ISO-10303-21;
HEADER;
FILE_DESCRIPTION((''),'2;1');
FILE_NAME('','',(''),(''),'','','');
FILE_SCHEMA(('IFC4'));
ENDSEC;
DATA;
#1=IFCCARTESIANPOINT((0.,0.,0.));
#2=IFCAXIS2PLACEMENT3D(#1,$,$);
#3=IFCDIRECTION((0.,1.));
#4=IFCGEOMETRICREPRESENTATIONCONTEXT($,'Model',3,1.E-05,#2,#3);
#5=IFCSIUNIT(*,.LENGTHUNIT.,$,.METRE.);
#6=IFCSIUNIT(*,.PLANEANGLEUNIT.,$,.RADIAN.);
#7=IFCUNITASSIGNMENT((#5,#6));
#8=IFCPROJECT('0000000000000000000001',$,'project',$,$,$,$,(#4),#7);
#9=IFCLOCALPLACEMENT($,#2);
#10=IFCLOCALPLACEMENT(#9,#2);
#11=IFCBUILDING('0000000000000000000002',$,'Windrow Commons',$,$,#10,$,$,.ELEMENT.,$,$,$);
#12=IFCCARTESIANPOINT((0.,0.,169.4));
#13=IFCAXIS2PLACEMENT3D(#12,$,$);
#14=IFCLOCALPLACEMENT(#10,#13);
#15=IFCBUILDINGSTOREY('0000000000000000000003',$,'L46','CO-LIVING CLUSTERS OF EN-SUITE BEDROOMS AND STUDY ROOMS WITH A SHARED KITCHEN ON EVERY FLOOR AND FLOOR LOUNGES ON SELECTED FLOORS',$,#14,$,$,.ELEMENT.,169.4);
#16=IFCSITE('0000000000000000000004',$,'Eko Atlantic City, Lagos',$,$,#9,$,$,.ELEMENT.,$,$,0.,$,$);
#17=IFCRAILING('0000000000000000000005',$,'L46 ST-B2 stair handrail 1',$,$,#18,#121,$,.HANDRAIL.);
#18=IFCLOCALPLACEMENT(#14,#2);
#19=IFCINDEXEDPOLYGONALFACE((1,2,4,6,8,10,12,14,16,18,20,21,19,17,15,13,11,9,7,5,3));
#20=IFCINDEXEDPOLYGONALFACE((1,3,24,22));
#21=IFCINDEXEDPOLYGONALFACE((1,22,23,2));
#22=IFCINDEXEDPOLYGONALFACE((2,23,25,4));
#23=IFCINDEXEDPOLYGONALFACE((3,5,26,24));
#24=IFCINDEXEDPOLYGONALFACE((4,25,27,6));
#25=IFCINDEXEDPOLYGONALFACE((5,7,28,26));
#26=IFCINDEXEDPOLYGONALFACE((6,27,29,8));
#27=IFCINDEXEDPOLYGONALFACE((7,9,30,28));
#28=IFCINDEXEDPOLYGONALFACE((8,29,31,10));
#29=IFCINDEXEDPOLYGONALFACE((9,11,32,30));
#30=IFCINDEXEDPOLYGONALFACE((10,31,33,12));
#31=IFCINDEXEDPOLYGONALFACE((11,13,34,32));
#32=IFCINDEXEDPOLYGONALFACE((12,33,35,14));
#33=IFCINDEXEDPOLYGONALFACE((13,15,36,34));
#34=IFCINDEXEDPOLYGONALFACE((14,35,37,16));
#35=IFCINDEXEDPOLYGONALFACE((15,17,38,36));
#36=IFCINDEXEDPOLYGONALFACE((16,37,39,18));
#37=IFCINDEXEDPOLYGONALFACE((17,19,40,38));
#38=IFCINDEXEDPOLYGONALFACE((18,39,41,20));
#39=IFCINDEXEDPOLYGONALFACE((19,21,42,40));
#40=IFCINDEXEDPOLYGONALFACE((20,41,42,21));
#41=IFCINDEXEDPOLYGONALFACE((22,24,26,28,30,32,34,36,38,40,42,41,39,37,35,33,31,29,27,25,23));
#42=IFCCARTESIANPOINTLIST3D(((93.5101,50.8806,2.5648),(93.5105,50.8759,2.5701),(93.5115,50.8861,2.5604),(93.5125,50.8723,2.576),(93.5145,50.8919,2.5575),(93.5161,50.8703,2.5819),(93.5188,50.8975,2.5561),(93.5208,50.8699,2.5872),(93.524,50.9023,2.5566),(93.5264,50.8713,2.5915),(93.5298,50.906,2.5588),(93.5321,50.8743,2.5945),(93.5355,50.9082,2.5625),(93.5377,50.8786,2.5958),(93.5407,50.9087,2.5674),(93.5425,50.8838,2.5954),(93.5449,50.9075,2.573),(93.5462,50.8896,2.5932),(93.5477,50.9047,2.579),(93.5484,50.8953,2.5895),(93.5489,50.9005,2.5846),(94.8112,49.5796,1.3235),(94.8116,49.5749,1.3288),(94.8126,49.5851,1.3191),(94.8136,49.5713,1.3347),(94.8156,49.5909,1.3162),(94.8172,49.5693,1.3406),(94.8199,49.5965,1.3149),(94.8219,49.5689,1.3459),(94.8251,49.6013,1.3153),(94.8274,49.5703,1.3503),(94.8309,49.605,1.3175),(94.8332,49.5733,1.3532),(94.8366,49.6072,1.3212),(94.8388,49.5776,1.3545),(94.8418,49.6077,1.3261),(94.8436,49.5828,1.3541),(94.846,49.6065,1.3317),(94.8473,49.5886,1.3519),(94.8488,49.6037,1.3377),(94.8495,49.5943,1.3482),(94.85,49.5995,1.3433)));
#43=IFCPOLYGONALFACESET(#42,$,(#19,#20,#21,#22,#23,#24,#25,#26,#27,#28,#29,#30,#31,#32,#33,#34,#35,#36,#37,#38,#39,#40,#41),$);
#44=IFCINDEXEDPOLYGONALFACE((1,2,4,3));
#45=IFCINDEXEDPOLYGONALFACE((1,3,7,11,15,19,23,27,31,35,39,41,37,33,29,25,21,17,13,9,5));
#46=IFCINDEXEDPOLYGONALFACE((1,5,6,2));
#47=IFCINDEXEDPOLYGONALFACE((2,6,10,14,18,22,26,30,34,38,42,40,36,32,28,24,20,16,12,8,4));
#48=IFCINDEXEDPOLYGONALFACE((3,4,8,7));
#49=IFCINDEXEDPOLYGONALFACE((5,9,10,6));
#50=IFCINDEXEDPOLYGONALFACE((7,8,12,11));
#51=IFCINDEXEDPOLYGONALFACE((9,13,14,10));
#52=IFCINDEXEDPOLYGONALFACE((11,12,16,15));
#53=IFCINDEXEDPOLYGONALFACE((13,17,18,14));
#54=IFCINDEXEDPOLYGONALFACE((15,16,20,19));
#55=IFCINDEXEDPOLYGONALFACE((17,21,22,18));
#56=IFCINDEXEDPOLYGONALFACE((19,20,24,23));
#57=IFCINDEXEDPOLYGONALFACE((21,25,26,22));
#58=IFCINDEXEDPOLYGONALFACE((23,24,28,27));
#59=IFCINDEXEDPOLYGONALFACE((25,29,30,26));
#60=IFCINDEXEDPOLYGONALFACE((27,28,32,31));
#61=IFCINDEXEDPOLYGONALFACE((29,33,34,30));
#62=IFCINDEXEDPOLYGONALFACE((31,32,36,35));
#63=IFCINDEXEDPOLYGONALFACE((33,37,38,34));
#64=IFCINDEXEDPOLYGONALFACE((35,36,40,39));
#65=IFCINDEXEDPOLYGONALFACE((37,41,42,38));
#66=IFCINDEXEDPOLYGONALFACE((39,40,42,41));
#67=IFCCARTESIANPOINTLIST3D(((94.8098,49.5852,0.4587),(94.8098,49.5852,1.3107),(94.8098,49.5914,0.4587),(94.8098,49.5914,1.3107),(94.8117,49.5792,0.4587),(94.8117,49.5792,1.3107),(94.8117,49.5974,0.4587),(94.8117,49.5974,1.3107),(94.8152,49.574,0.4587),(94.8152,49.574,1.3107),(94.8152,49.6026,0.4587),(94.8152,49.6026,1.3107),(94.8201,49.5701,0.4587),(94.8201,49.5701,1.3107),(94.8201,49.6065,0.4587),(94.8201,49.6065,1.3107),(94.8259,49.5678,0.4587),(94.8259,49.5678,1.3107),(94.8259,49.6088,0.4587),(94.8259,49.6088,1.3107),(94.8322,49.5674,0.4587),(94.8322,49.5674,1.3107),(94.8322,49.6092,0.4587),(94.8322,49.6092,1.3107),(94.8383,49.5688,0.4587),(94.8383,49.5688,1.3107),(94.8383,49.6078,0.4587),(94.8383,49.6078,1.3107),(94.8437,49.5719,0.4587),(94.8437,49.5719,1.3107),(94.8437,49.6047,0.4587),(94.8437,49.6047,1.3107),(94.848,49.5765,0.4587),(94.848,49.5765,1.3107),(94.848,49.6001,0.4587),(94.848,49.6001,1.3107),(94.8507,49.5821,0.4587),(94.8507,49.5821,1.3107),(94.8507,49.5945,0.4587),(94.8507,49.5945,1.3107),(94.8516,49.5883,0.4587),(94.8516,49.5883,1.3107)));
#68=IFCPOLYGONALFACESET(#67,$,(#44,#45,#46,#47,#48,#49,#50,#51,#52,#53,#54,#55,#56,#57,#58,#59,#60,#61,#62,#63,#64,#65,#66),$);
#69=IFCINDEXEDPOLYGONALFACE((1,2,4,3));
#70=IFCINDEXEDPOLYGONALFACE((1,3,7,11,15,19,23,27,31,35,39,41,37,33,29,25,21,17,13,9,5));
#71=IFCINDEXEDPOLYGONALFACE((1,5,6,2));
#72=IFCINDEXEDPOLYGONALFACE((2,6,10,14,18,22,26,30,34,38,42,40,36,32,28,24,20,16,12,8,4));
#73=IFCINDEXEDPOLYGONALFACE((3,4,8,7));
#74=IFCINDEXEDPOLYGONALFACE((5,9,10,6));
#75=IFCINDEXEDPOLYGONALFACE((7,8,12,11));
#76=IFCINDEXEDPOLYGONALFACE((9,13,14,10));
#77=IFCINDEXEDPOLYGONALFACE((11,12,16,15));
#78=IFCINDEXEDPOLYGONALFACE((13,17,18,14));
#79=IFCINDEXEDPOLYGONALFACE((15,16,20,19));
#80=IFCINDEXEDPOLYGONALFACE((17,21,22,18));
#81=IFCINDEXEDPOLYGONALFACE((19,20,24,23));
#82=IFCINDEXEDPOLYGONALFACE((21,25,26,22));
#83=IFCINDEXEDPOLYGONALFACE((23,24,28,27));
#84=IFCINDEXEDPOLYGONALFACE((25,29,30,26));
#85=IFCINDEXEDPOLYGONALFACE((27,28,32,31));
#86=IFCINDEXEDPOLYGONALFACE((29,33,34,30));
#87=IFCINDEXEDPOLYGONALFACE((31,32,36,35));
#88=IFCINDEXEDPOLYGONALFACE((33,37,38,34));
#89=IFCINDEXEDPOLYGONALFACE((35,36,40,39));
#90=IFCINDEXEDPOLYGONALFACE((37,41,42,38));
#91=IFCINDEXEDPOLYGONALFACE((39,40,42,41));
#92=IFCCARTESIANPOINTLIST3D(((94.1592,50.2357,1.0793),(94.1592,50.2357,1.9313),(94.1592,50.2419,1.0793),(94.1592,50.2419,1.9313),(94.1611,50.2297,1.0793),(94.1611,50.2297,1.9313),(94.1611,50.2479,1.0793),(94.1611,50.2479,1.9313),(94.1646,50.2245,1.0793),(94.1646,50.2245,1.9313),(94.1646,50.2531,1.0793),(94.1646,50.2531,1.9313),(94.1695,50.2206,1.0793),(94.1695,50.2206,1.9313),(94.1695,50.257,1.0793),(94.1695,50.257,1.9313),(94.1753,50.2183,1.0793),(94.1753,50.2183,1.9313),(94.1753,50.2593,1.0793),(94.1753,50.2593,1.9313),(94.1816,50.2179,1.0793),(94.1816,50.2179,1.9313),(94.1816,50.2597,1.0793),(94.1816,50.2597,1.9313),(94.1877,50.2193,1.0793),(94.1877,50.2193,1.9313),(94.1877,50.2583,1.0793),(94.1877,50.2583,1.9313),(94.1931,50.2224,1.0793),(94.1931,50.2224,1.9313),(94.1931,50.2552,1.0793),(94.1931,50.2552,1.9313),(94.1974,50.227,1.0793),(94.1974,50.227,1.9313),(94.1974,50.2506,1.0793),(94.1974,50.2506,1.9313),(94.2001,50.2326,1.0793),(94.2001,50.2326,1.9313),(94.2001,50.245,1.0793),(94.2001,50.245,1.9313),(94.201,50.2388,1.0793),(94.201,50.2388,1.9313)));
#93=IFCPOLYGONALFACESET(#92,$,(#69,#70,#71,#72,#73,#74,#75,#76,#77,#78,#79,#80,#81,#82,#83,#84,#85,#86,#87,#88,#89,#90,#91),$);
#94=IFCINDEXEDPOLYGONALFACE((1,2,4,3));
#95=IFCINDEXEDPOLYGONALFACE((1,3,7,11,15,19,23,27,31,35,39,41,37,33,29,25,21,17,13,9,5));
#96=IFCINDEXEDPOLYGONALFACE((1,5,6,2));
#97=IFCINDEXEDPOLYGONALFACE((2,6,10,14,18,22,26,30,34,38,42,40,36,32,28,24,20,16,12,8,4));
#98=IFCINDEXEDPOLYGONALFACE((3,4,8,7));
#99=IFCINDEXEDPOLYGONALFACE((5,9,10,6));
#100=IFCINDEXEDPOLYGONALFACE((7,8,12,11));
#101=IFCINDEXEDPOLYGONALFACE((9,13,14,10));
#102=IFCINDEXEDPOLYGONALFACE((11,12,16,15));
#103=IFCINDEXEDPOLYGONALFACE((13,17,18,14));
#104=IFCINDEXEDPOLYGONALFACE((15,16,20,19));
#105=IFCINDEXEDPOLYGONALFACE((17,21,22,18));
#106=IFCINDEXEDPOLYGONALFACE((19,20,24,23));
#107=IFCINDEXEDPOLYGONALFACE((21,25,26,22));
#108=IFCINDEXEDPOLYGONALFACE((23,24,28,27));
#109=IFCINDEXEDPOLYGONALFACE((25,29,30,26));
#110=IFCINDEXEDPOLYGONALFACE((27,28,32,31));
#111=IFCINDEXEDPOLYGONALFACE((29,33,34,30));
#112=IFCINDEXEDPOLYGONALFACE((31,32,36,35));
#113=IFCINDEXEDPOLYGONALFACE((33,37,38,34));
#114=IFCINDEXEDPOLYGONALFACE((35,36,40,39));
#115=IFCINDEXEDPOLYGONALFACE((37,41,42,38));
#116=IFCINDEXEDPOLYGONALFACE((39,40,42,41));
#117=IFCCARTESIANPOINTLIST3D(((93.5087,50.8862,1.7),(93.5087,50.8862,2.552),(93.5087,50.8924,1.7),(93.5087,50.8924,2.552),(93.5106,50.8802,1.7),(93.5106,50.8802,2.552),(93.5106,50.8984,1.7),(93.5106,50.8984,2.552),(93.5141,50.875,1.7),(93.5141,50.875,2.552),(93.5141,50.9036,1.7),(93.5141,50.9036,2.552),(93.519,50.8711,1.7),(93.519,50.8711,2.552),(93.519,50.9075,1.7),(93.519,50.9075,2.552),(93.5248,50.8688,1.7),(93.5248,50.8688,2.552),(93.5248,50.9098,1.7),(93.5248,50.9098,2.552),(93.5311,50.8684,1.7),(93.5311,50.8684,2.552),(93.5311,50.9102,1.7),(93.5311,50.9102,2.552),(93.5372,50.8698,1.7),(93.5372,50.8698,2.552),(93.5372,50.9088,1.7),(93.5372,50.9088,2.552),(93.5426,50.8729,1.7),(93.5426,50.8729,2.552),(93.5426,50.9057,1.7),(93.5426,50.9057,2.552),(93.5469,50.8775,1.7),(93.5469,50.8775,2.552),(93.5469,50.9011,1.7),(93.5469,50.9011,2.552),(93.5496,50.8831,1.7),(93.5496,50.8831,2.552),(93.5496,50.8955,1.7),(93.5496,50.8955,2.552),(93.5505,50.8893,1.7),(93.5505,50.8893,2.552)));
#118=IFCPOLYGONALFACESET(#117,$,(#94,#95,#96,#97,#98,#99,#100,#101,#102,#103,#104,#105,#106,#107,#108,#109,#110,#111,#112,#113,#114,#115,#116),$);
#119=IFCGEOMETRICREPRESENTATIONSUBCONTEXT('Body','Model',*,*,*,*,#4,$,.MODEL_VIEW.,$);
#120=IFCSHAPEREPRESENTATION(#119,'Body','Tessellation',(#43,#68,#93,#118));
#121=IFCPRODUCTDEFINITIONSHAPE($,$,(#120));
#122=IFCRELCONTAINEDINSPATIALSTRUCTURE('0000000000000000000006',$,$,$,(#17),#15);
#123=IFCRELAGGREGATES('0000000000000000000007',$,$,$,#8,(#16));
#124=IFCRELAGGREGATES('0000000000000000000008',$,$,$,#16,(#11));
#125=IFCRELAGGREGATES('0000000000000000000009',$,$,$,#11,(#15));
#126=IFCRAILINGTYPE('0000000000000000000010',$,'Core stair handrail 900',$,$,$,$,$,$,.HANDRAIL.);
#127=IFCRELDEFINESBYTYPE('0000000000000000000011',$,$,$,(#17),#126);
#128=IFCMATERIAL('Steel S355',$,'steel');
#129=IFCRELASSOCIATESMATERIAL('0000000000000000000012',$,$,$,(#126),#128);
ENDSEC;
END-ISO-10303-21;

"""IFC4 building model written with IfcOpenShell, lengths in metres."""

from ifc_helpers import new_model, si_unit, direction, frame, origin, origin_2d, place, context, subcontext, project, spatial, circle, extrude, material, type_object, element, save


model = new_model("IFC4")

# Units and contexts
model_context = context("Model", 3, precision=1e-05, world=origin(), true_north=direction((0.0, 1.0)))
body_context = subcontext(model_context, "Body", "Model", "MODEL_VIEW")
ifc_project = project(units=[si_unit("LENGTHUNIT", "METRE"), si_unit("PLANEANGLEUNIT", "RADIAN")], contexts=[model_context])

# Site, building, storey
site_placement = place(None, origin())
site = spatial("IfcSite", under=ifc_project, at=site_placement, Name="Eko Atlantic City, Lagos", CompositionType="ELEMENT", RefElevation=0.0)
building_placement = place(site_placement, origin())
building = spatial("IfcBuilding", under=site, at=building_placement, Name="Windrow Commons", CompositionType="ELEMENT")
storey_placement = place(building_placement, frame((0.0, 0.0, 169.4)))
storey = spatial("IfcBuildingStorey", under=building, at=storey_placement, Name="L46", Description="CO-LIVING CLUSTERS OF EN-SUITE BEDROOMS AND STUDY ROOMS WITH A SHARED KITCHEN ON EVERY FLOOR AND FLOOR LOUNGES ON SELECTED FLOORS", CompositionType="ELEMENT", Elevation=169.4)

# Railing
ifc_material_1 = material(Name="Steel S355", Category="steel")
railing_type_1 = type_object("IfcRailingType", Name="Core stair handrail 900", PredefinedType="HANDRAIL", material=ifc_material_1)
railing_1_placement = place(storey_placement, frame((94.8306, 49.5883, 0.4587)))
element("IfcRailing", 1, at=railing_1_placement, inside=storey, type_object=railing_type_1, Name="L46 ST-B2 stair handrail 1", PredefinedType="HANDRAIL", context=body_context, shape_type="SweptSolid", body=[
    extrude(circle(Radius=0.024, at=origin_2d()), frame((0.0, 0.0, 0.876), z_axis=(-0.586207, 0.586162, 0.559264), x_axis=(-0.70708, -0.707134, 0.0)), (0.0, 0.0, 1.0), 2.2195),
    extrude(circle(Radius=0.021, at=origin_2d()), origin(), (0.0, 0.0, 1.0), 0.852),
    extrude(circle(Radius=0.021, at=origin_2d()), frame((-0.6506, 0.6505, 0.6206)), (0.0, 0.0, 1.0), 0.852),
    extrude(circle(Radius=0.021, at=origin_2d()), frame((-1.3011, 1.301, 1.2413)), (0.0, 0.0, 1.0), 0.852),
])

save(model, "model.ifc")
